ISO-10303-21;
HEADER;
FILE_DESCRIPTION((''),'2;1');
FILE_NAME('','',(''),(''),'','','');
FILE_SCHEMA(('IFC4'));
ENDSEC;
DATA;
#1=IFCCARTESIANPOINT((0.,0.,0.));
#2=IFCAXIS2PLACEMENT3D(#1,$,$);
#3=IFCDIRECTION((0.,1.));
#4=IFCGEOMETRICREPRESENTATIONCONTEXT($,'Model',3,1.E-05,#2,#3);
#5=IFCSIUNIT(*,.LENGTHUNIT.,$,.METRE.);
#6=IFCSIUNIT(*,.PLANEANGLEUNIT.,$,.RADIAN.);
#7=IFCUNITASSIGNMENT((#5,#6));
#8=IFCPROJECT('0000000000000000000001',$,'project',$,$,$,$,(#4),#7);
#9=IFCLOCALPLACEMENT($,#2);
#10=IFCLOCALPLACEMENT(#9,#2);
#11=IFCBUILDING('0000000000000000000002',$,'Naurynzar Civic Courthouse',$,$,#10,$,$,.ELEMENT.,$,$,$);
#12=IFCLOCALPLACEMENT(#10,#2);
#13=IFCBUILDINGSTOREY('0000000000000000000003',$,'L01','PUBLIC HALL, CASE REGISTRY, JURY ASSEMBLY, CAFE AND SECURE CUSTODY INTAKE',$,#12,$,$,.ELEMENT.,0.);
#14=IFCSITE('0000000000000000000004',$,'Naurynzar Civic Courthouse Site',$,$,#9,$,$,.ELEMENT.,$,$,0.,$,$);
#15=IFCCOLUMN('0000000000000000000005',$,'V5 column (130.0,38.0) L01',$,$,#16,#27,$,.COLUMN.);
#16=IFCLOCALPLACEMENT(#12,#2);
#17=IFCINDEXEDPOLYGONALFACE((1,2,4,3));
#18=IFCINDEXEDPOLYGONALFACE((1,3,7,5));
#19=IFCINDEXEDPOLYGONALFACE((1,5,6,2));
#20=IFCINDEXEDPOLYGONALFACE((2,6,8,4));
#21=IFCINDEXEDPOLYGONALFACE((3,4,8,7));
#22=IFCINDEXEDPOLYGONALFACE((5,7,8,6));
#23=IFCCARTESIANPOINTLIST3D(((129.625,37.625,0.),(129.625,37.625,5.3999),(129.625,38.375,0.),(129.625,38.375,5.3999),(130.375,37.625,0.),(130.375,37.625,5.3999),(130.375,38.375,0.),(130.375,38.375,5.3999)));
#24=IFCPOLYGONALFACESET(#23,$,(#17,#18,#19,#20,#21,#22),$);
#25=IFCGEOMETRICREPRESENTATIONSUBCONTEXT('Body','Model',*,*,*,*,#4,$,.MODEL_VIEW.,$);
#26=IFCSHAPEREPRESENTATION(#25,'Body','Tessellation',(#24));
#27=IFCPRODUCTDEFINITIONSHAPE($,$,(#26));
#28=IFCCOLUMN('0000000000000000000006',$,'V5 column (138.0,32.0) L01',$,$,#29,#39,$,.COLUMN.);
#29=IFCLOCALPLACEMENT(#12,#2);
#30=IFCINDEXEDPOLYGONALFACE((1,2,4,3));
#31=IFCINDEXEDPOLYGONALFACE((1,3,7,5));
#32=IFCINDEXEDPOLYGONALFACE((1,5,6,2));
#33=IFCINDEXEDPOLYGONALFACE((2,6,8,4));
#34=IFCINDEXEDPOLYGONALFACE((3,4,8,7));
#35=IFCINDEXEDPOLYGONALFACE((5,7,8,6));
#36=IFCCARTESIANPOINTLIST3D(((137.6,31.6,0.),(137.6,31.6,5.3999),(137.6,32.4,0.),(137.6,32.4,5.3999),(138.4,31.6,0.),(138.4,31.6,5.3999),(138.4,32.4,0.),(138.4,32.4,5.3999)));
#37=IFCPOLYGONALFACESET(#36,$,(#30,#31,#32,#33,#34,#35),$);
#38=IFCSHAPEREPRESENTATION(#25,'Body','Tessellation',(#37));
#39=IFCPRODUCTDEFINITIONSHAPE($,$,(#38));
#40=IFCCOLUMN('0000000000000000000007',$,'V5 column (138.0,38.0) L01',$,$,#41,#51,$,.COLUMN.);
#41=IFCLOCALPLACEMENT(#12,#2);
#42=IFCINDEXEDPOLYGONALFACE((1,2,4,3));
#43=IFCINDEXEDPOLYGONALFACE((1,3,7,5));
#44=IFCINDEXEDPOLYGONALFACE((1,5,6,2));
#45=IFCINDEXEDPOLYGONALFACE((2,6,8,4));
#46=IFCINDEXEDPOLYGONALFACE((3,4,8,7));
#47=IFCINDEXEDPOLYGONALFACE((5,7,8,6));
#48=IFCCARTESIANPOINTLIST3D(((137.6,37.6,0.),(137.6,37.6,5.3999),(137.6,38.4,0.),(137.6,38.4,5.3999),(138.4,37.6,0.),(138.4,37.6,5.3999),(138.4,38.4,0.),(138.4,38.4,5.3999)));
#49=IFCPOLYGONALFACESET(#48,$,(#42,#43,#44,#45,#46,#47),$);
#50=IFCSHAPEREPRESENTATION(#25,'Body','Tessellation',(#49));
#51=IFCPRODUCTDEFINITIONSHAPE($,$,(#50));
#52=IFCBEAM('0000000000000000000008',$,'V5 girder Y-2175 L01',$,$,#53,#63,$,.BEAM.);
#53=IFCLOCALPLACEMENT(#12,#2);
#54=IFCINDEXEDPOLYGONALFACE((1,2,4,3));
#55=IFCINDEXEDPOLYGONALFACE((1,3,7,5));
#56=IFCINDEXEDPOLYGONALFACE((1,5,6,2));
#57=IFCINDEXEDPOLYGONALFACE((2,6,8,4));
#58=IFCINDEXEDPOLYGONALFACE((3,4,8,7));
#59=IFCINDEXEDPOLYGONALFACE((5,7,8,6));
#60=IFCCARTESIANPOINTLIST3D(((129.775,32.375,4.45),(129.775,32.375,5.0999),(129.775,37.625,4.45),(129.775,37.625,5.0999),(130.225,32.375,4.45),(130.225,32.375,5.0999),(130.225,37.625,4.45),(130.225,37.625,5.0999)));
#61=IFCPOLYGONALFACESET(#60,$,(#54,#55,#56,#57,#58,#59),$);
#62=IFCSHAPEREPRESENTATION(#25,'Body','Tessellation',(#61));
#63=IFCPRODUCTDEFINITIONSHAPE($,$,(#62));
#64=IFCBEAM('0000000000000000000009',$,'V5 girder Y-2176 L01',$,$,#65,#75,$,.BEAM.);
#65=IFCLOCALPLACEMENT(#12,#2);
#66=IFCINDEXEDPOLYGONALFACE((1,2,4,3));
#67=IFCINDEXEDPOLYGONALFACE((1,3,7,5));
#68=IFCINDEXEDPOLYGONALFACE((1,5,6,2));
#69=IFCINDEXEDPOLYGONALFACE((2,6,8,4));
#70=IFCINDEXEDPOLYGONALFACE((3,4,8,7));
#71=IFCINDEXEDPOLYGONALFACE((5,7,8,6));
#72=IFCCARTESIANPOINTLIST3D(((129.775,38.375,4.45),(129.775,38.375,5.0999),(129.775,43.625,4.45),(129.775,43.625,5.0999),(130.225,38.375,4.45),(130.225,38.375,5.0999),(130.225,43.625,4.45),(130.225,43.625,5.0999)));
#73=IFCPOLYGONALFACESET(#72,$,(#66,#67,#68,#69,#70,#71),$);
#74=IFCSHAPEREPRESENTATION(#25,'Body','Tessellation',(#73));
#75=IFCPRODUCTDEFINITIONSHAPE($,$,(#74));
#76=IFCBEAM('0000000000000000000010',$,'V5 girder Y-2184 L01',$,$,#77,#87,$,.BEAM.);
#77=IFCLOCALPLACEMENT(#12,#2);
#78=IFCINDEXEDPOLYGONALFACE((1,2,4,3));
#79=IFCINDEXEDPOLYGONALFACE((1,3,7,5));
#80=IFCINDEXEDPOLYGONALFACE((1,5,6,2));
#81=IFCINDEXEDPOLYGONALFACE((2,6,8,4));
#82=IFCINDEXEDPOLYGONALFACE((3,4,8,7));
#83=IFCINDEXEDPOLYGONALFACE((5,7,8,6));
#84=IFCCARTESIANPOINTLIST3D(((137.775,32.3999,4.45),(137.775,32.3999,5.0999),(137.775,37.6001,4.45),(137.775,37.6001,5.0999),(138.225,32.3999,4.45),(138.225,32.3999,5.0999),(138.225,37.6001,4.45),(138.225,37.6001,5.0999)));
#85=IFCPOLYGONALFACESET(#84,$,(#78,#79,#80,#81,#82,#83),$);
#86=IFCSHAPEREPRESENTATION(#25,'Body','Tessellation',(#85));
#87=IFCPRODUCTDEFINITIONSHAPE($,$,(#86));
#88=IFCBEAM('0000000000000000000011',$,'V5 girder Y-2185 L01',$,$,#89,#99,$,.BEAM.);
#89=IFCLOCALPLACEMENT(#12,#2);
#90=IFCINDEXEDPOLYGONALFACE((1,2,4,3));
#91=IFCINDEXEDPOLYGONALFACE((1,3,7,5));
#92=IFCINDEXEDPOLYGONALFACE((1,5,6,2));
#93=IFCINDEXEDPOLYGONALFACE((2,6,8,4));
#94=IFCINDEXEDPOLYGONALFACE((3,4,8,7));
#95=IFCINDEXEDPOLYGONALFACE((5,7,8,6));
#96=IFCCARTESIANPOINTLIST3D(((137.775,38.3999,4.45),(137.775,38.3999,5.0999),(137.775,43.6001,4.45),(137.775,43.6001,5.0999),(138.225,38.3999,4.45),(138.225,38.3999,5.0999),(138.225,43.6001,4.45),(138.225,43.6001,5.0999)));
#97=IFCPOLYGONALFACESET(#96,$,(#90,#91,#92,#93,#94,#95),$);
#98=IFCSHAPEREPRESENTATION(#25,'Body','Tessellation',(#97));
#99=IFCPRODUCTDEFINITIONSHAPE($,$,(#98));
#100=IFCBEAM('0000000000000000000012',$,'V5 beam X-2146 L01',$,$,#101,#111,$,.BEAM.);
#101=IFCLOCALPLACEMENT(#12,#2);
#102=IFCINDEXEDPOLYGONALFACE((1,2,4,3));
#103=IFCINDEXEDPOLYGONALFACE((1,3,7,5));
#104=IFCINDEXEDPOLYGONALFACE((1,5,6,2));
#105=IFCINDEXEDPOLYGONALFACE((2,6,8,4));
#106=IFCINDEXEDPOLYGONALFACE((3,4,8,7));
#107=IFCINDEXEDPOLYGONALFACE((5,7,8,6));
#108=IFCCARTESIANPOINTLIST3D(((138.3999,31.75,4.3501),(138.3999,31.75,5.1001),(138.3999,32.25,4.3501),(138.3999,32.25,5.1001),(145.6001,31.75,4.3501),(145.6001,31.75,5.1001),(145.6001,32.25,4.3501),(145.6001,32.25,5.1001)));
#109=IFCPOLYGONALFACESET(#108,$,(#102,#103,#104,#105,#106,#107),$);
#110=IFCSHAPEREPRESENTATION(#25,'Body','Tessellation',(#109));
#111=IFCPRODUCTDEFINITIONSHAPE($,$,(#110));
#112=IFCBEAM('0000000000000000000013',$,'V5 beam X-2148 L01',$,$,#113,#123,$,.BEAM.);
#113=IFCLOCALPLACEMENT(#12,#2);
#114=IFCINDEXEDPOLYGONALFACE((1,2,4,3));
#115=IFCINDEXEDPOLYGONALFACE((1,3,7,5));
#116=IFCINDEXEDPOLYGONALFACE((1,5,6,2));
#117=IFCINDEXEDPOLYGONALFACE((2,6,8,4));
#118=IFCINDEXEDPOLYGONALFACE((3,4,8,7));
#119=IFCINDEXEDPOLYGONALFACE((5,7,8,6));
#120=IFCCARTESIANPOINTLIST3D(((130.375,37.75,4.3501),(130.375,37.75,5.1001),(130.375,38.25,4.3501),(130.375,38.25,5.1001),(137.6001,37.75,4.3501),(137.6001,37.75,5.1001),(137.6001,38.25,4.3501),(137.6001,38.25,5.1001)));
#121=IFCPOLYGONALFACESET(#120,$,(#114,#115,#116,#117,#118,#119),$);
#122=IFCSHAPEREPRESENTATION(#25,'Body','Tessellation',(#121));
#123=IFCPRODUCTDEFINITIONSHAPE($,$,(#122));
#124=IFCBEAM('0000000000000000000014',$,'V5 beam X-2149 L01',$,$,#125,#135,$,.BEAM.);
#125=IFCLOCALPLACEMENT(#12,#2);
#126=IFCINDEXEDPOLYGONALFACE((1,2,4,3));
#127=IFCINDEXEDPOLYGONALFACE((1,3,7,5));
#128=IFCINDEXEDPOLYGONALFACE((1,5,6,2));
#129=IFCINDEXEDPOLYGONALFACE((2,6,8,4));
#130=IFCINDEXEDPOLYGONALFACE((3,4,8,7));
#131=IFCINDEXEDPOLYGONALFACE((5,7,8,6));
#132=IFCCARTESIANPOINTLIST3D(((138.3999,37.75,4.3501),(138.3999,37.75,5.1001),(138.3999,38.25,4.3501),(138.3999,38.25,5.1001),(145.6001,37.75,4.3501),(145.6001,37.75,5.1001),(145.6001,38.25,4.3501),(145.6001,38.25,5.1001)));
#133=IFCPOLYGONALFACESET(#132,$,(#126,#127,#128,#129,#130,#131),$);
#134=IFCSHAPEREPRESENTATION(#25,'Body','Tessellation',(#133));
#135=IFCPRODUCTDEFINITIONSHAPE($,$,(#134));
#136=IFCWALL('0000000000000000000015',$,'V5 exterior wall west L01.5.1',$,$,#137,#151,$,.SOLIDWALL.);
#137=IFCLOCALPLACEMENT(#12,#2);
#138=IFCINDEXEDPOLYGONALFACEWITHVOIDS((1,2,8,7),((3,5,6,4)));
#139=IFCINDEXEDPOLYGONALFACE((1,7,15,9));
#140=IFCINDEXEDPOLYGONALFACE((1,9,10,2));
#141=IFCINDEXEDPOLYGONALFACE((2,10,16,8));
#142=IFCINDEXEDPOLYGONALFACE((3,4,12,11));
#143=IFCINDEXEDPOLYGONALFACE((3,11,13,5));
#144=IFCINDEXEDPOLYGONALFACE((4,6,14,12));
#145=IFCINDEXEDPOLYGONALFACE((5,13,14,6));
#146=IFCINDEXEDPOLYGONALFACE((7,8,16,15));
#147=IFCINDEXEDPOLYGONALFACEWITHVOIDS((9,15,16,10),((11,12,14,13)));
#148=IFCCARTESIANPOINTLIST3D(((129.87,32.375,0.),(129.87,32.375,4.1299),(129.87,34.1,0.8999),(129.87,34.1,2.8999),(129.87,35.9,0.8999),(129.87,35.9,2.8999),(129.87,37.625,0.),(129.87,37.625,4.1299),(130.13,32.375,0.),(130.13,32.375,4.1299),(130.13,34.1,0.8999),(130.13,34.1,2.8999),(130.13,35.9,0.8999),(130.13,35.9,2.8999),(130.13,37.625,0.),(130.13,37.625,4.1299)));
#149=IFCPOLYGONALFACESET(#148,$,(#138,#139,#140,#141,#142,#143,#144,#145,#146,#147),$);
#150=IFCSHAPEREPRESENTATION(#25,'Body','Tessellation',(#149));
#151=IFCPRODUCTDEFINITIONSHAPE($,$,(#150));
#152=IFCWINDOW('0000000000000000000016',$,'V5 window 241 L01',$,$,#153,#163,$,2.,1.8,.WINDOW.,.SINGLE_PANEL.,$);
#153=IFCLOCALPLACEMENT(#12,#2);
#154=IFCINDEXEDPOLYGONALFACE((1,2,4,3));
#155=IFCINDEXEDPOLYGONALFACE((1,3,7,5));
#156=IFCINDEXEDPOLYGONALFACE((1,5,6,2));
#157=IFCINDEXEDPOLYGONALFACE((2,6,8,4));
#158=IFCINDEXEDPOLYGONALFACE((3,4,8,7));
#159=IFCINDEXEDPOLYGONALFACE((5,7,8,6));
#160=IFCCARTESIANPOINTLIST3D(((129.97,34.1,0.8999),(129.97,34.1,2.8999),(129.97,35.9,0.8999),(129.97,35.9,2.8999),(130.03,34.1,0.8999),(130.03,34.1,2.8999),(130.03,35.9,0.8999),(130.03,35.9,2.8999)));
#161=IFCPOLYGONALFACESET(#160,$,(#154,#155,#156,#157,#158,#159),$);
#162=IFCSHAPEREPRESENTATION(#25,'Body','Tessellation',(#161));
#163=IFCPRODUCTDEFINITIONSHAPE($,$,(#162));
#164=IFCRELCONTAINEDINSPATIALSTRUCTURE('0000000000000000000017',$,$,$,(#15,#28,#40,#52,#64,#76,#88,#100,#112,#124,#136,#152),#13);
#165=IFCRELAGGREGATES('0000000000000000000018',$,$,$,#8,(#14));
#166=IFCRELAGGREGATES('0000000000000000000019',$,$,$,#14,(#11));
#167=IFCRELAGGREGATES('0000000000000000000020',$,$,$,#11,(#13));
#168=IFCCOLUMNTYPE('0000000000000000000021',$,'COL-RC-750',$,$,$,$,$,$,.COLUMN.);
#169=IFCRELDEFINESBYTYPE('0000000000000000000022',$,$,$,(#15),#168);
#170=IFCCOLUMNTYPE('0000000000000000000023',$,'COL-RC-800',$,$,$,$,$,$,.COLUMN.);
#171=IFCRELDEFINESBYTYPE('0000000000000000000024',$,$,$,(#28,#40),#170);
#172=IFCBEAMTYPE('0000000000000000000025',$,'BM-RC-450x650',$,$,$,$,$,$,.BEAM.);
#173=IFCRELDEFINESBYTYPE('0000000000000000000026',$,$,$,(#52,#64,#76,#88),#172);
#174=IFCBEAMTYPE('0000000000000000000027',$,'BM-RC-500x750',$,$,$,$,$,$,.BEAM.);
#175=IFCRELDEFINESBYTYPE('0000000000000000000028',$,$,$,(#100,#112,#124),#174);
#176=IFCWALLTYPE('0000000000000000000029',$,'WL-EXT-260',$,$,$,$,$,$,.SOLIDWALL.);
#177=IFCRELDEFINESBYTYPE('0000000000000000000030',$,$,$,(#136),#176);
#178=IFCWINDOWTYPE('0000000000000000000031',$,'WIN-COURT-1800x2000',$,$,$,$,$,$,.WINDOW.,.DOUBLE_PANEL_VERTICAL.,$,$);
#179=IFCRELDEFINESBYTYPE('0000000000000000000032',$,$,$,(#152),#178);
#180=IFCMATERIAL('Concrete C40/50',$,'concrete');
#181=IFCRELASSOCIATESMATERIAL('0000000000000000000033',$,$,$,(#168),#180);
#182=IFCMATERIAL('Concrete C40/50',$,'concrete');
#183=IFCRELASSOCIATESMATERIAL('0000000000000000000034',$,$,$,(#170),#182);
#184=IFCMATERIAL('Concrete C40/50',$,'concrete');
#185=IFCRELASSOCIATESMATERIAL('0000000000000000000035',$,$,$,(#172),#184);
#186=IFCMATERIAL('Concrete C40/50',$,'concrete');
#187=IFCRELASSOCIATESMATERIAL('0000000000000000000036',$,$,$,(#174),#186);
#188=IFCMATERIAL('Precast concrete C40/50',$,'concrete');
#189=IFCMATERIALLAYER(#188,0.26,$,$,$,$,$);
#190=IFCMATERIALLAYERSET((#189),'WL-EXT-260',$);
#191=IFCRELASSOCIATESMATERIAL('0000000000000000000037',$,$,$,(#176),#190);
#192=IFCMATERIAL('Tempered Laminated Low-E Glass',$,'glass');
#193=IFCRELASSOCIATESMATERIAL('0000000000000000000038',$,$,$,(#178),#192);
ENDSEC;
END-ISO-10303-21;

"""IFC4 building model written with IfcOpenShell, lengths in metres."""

from ifc_helpers import new_model, si_unit, direction, frame, frame_2d, origin, origin_2d, place, context, subcontext, project, spatial, rectangle, extrude, material, layer, layer_set, material_profile, profile_set, type_object, element, fill, save


model = new_model("IFC4")

# Units and contexts
model_context = context("Model", 3, precision=1e-05, world=origin(), true_north=direction((0.0, 1.0)))
body_context = subcontext(model_context, "Body", "Model", "MODEL_VIEW")
ifc_project = project(units=[si_unit("LENGTHUNIT", "METRE"), si_unit("PLANEANGLEUNIT", "RADIAN")], contexts=[model_context])

# Site, building, storey
site_placement = place(None, origin())
site = spatial("IfcSite", under=ifc_project, at=site_placement, Name="Naurynzar Civic Courthouse Site", CompositionType="ELEMENT", RefElevation=0.0)
building_placement = place(site_placement, origin())
building = spatial("IfcBuilding", under=site, at=building_placement, Name="Naurynzar Civic Courthouse", CompositionType="ELEMENT")
storey_placement = place(building_placement, origin())
storey = spatial("IfcBuildingStorey", under=building, at=storey_placement, Name="L01", Description="PUBLIC HALL, CASE REGISTRY, JURY ASSEMBLY, CAFE AND SECURE CUSTODY INTAKE", CompositionType="ELEMENT", Elevation=0.0)

# Columns
ifc_material_1 = material(Name="Concrete C40/50", Category="concrete")
ifc_material_profile_1 = material_profile(ifc_material_1, rectangle(XDim=0.75, YDim=0.75, at=origin_2d()), Name="RC 750x750")
ifc_profile_set_1 = profile_set([ifc_material_profile_1], Name="Concrete C40/50")
column_type_1 = type_object("IfcColumnType", Name="COL-RC-750", PredefinedType="COLUMN", material=ifc_profile_set_1)
column_placement = place(storey_placement, frame((130.0, 38.0, 0.0), z_axis=(0.0, 0.0, 1.0), x_axis=(1.0, 0.0, 0.0)))
element("IfcColumn", 1, at=column_placement, inside=storey, type_object=column_type_1, Name="V5 column (130.0,38.0) L01", PredefinedType="COLUMN", context=body_context, shape_type="SweptSolid", body=[
    extrude(rectangle(XDim=0.75, YDim=0.75, at=origin_2d()), origin(), (0.0, 0.0, 1.0), 5.3999),
])
ifc_material_2 = material(Name="Concrete C40/50", Category="concrete")
ifc_material_profile_2 = material_profile(ifc_material_2, rectangle(XDim=0.8, YDim=0.8, at=origin_2d()), Name="RC 800x800")
ifc_profile_set_2 = profile_set([ifc_material_profile_2], Name="Concrete C40/50")
column_type_2 = type_object("IfcColumnType", Name="COL-RC-800", PredefinedType="COLUMN", material=ifc_profile_set_2)
for number, where, z_axis, x_axis, name in (
    (2, (138.0, 32.0, 0.0), (0.0, 0.0, 1.0), (1.0, 0.0, 0.0), "V5 column (138.0,32.0) L01"),
    (3, (138.0, 38.0, 0.0), (0.0, 0.0, 1.0), (1.0, 0.0, 0.0), "V5 column (138.0,38.0) L01"),
):
    element("IfcColumn", number, at=place(storey_placement, frame(where, z_axis=z_axis, x_axis=x_axis)), inside=storey, type_object=column_type_2, Name=name, PredefinedType="COLUMN", context=body_context, shape_type="SweptSolid", body=[
        extrude(rectangle(XDim=0.8, YDim=0.8, at=origin_2d()), origin(), (0.0, 0.0, 1.0), 5.3999),
    ])

# Beams
ifc_material_3 = material(Name="Concrete C40/50", Category="concrete")
ifc_material_profile_3 = material_profile(ifc_material_3, rectangle(XDim=0.45, YDim=0.6499, at=origin_2d()), Name="RCB 450x650")
ifc_profile_set_3 = profile_set([ifc_material_profile_3], Name="Concrete C40/50")
beam_type_1 = type_object("IfcBeamType", Name="BM-RC-450x650", PredefinedType="BEAM", material=ifc_profile_set_3)
for number, where, z_axis, x_axis, name in (
    (4, (130.0, 32.375, 4.7749), (0.0, 1.0, 0.0), (-1.0, 0.0, 0.0), "V5 girder Y-2175 L01"),
    (5, (130.0, 38.375, 4.7749), (0.0, 1.0, 0.0), (-1.0, 0.0, 0.0), "V5 girder Y-2176 L01"),
):
    element("IfcBeam", number, at=place(storey_placement, frame(where, z_axis=z_axis, x_axis=x_axis)), inside=storey, type_object=beam_type_1, Name=name, PredefinedType="BEAM", context=body_context, shape_type="SweptSolid", body=[
        extrude(rectangle(XDim=0.45, YDim=0.6499, at=origin_2d()), origin(), (0.0, 0.0, 1.0), 5.25),
    ])
for number, where, z_axis, x_axis, name in (
    (6, (138.0, 32.3999, 4.7749), (0.0, 1.0, 0.0), (-1.0, 0.0, 0.0), "V5 girder Y-2184 L01"),
    (7, (138.0, 38.3999, 4.7749), (0.0, 1.0, 0.0), (-1.0, 0.0, 0.0), "V5 girder Y-2185 L01"),
):
    element("IfcBeam", number, at=place(storey_placement, frame(where, z_axis=z_axis, x_axis=x_axis)), inside=storey, type_object=beam_type_1, Name=name, PredefinedType="BEAM", context=body_context, shape_type="SweptSolid", body=[
        extrude(rectangle(XDim=0.45, YDim=0.6499, at=origin_2d()), origin(), (0.0, 0.0, 1.0), 5.2002),
    ])
ifc_material_4 = material(Name="Concrete C40/50", Category="concrete")
ifc_material_profile_4 = material_profile(ifc_material_4, rectangle(XDim=0.5, YDim=0.75, at=origin_2d()), Name="RCB 500x750")
ifc_profile_set_4 = profile_set([ifc_material_profile_4], Name="Concrete C40/50")
beam_type_2 = type_object("IfcBeamType", Name="BM-RC-500x750", PredefinedType="BEAM", material=ifc_profile_set_4)
beam_1_placement = place(storey_placement, frame((138.3999, 32.0, 4.7251), z_axis=(1.0, 0.0, 0.0), x_axis=(0.0, 1.0, 0.0)))
element("IfcBeam", 8, at=beam_1_placement, inside=storey, type_object=beam_type_2, Name="V5 beam X-2146 L01", PredefinedType="BEAM", context=body_context, shape_type="SweptSolid", body=[
    extrude(rectangle(XDim=0.5, YDim=0.75, at=origin_2d()), origin(), (0.0, 0.0, 1.0), 7.2002),
])
beam_2_placement = place(storey_placement, frame((130.375, 38.0, 4.7251), z_axis=(1.0, 0.0, 0.0), x_axis=(0.0, 1.0, 0.0)))
element("IfcBeam", 9, at=beam_2_placement, inside=storey, type_object=beam_type_2, Name="V5 beam X-2148 L01", PredefinedType="BEAM", context=body_context, shape_type="SweptSolid", body=[
    extrude(rectangle(XDim=0.5, YDim=0.75, at=origin_2d()), origin(), (0.0, 0.0, 1.0), 7.2251),
])
beam_3_placement = place(storey_placement, frame((138.3999, 38.0, 4.7251), z_axis=(1.0, 0.0, 0.0), x_axis=(0.0, 1.0, 0.0)))
element("IfcBeam", 10, at=beam_3_placement, inside=storey, type_object=beam_type_2, Name="V5 beam X-2149 L01", PredefinedType="BEAM", context=body_context, shape_type="SweptSolid", body=[
    extrude(rectangle(XDim=0.5, YDim=0.75, at=origin_2d()), origin(), (0.0, 0.0, 1.0), 7.2002),
])

# Wall, opening, window
ifc_material_5 = material(Name="Precast concrete C40/50", Category="concrete")
ifc_layer_1 = layer(ifc_material_5, 0.26)
ifc_layer_set_1 = layer_set([ifc_layer_1], Name="WL-EXT-260")
wall_type_1 = type_object("IfcWallType", Name="WL-EXT-260", PredefinedType="SOLIDWALL", material=ifc_layer_set_1)
wall_1_placement = place(storey_placement, frame((130.0, 32.375, 0.0), z_axis=(0.0, 0.0, 1.0), x_axis=(0.0, 1.0, 0.0)))
wall_1 = element("IfcWall", 11, at=wall_1_placement, inside=storey, type_object=wall_type_1, Name="V5 exterior wall west L01.5.1", PredefinedType="SOLIDWALL", context=body_context, shape_type="SweptSolid", body=[
    extrude(rectangle(XDim=5.25, YDim=0.26, at=frame_2d((2.625, 0.0))), origin(), (0.0, 0.0, 1.0), 4.1299),
])
opening_1_placement = place(wall_1_placement, frame((1.7251, 0.0, 0.8999)))
opening_1 = element("IfcOpeningElement", 12, at=opening_1_placement, cuts=wall_1, PredefinedType="OPENING", context=body_context, shape_type="SweptSolid", body=[
    extrude(rectangle(XDim=1.8, YDim=2.0, at=frame_2d((0.8999, 1.0))), frame((0.0, 0.1399, 0.0), z_axis=(0.0, -1.0, 0.0), x_axis=(1.0, 0.0, 0.0)), (0.0, 0.0, 1.0), 0.28),
])
ifc_material_6 = material(Name="Tempered Laminated Low-E Glass", Category="glass")
window_type = type_object("IfcWindowType", Name="WIN-COURT-1800x2000", PartitioningType="DOUBLE_PANEL_VERTICAL", PredefinedType="WINDOW", material=ifc_material_6)
window_placement = place(opening_1_placement, origin())
window = element("IfcWindow", 13, at=window_placement, inside=storey, type_object=window_type, Name="V5 window 241 L01", OverallHeight=2.0, OverallWidth=1.8, PartitioningType="SINGLE_PANEL", PredefinedType="WINDOW", context=body_context, shape_type="SweptSolid", body=[
    extrude(rectangle(XDim=1.8, YDim=2.0, at=frame_2d((0.8999, 1.0))), frame((0.0, 0.03, 0.0), z_axis=(0.0, -1.0, 0.0), x_axis=(1.0, 0.0, 0.0)), (0.0, 0.0, 1.0), 0.0601),
])
fill(opening_1, window)

save(model, "model.ifc")
